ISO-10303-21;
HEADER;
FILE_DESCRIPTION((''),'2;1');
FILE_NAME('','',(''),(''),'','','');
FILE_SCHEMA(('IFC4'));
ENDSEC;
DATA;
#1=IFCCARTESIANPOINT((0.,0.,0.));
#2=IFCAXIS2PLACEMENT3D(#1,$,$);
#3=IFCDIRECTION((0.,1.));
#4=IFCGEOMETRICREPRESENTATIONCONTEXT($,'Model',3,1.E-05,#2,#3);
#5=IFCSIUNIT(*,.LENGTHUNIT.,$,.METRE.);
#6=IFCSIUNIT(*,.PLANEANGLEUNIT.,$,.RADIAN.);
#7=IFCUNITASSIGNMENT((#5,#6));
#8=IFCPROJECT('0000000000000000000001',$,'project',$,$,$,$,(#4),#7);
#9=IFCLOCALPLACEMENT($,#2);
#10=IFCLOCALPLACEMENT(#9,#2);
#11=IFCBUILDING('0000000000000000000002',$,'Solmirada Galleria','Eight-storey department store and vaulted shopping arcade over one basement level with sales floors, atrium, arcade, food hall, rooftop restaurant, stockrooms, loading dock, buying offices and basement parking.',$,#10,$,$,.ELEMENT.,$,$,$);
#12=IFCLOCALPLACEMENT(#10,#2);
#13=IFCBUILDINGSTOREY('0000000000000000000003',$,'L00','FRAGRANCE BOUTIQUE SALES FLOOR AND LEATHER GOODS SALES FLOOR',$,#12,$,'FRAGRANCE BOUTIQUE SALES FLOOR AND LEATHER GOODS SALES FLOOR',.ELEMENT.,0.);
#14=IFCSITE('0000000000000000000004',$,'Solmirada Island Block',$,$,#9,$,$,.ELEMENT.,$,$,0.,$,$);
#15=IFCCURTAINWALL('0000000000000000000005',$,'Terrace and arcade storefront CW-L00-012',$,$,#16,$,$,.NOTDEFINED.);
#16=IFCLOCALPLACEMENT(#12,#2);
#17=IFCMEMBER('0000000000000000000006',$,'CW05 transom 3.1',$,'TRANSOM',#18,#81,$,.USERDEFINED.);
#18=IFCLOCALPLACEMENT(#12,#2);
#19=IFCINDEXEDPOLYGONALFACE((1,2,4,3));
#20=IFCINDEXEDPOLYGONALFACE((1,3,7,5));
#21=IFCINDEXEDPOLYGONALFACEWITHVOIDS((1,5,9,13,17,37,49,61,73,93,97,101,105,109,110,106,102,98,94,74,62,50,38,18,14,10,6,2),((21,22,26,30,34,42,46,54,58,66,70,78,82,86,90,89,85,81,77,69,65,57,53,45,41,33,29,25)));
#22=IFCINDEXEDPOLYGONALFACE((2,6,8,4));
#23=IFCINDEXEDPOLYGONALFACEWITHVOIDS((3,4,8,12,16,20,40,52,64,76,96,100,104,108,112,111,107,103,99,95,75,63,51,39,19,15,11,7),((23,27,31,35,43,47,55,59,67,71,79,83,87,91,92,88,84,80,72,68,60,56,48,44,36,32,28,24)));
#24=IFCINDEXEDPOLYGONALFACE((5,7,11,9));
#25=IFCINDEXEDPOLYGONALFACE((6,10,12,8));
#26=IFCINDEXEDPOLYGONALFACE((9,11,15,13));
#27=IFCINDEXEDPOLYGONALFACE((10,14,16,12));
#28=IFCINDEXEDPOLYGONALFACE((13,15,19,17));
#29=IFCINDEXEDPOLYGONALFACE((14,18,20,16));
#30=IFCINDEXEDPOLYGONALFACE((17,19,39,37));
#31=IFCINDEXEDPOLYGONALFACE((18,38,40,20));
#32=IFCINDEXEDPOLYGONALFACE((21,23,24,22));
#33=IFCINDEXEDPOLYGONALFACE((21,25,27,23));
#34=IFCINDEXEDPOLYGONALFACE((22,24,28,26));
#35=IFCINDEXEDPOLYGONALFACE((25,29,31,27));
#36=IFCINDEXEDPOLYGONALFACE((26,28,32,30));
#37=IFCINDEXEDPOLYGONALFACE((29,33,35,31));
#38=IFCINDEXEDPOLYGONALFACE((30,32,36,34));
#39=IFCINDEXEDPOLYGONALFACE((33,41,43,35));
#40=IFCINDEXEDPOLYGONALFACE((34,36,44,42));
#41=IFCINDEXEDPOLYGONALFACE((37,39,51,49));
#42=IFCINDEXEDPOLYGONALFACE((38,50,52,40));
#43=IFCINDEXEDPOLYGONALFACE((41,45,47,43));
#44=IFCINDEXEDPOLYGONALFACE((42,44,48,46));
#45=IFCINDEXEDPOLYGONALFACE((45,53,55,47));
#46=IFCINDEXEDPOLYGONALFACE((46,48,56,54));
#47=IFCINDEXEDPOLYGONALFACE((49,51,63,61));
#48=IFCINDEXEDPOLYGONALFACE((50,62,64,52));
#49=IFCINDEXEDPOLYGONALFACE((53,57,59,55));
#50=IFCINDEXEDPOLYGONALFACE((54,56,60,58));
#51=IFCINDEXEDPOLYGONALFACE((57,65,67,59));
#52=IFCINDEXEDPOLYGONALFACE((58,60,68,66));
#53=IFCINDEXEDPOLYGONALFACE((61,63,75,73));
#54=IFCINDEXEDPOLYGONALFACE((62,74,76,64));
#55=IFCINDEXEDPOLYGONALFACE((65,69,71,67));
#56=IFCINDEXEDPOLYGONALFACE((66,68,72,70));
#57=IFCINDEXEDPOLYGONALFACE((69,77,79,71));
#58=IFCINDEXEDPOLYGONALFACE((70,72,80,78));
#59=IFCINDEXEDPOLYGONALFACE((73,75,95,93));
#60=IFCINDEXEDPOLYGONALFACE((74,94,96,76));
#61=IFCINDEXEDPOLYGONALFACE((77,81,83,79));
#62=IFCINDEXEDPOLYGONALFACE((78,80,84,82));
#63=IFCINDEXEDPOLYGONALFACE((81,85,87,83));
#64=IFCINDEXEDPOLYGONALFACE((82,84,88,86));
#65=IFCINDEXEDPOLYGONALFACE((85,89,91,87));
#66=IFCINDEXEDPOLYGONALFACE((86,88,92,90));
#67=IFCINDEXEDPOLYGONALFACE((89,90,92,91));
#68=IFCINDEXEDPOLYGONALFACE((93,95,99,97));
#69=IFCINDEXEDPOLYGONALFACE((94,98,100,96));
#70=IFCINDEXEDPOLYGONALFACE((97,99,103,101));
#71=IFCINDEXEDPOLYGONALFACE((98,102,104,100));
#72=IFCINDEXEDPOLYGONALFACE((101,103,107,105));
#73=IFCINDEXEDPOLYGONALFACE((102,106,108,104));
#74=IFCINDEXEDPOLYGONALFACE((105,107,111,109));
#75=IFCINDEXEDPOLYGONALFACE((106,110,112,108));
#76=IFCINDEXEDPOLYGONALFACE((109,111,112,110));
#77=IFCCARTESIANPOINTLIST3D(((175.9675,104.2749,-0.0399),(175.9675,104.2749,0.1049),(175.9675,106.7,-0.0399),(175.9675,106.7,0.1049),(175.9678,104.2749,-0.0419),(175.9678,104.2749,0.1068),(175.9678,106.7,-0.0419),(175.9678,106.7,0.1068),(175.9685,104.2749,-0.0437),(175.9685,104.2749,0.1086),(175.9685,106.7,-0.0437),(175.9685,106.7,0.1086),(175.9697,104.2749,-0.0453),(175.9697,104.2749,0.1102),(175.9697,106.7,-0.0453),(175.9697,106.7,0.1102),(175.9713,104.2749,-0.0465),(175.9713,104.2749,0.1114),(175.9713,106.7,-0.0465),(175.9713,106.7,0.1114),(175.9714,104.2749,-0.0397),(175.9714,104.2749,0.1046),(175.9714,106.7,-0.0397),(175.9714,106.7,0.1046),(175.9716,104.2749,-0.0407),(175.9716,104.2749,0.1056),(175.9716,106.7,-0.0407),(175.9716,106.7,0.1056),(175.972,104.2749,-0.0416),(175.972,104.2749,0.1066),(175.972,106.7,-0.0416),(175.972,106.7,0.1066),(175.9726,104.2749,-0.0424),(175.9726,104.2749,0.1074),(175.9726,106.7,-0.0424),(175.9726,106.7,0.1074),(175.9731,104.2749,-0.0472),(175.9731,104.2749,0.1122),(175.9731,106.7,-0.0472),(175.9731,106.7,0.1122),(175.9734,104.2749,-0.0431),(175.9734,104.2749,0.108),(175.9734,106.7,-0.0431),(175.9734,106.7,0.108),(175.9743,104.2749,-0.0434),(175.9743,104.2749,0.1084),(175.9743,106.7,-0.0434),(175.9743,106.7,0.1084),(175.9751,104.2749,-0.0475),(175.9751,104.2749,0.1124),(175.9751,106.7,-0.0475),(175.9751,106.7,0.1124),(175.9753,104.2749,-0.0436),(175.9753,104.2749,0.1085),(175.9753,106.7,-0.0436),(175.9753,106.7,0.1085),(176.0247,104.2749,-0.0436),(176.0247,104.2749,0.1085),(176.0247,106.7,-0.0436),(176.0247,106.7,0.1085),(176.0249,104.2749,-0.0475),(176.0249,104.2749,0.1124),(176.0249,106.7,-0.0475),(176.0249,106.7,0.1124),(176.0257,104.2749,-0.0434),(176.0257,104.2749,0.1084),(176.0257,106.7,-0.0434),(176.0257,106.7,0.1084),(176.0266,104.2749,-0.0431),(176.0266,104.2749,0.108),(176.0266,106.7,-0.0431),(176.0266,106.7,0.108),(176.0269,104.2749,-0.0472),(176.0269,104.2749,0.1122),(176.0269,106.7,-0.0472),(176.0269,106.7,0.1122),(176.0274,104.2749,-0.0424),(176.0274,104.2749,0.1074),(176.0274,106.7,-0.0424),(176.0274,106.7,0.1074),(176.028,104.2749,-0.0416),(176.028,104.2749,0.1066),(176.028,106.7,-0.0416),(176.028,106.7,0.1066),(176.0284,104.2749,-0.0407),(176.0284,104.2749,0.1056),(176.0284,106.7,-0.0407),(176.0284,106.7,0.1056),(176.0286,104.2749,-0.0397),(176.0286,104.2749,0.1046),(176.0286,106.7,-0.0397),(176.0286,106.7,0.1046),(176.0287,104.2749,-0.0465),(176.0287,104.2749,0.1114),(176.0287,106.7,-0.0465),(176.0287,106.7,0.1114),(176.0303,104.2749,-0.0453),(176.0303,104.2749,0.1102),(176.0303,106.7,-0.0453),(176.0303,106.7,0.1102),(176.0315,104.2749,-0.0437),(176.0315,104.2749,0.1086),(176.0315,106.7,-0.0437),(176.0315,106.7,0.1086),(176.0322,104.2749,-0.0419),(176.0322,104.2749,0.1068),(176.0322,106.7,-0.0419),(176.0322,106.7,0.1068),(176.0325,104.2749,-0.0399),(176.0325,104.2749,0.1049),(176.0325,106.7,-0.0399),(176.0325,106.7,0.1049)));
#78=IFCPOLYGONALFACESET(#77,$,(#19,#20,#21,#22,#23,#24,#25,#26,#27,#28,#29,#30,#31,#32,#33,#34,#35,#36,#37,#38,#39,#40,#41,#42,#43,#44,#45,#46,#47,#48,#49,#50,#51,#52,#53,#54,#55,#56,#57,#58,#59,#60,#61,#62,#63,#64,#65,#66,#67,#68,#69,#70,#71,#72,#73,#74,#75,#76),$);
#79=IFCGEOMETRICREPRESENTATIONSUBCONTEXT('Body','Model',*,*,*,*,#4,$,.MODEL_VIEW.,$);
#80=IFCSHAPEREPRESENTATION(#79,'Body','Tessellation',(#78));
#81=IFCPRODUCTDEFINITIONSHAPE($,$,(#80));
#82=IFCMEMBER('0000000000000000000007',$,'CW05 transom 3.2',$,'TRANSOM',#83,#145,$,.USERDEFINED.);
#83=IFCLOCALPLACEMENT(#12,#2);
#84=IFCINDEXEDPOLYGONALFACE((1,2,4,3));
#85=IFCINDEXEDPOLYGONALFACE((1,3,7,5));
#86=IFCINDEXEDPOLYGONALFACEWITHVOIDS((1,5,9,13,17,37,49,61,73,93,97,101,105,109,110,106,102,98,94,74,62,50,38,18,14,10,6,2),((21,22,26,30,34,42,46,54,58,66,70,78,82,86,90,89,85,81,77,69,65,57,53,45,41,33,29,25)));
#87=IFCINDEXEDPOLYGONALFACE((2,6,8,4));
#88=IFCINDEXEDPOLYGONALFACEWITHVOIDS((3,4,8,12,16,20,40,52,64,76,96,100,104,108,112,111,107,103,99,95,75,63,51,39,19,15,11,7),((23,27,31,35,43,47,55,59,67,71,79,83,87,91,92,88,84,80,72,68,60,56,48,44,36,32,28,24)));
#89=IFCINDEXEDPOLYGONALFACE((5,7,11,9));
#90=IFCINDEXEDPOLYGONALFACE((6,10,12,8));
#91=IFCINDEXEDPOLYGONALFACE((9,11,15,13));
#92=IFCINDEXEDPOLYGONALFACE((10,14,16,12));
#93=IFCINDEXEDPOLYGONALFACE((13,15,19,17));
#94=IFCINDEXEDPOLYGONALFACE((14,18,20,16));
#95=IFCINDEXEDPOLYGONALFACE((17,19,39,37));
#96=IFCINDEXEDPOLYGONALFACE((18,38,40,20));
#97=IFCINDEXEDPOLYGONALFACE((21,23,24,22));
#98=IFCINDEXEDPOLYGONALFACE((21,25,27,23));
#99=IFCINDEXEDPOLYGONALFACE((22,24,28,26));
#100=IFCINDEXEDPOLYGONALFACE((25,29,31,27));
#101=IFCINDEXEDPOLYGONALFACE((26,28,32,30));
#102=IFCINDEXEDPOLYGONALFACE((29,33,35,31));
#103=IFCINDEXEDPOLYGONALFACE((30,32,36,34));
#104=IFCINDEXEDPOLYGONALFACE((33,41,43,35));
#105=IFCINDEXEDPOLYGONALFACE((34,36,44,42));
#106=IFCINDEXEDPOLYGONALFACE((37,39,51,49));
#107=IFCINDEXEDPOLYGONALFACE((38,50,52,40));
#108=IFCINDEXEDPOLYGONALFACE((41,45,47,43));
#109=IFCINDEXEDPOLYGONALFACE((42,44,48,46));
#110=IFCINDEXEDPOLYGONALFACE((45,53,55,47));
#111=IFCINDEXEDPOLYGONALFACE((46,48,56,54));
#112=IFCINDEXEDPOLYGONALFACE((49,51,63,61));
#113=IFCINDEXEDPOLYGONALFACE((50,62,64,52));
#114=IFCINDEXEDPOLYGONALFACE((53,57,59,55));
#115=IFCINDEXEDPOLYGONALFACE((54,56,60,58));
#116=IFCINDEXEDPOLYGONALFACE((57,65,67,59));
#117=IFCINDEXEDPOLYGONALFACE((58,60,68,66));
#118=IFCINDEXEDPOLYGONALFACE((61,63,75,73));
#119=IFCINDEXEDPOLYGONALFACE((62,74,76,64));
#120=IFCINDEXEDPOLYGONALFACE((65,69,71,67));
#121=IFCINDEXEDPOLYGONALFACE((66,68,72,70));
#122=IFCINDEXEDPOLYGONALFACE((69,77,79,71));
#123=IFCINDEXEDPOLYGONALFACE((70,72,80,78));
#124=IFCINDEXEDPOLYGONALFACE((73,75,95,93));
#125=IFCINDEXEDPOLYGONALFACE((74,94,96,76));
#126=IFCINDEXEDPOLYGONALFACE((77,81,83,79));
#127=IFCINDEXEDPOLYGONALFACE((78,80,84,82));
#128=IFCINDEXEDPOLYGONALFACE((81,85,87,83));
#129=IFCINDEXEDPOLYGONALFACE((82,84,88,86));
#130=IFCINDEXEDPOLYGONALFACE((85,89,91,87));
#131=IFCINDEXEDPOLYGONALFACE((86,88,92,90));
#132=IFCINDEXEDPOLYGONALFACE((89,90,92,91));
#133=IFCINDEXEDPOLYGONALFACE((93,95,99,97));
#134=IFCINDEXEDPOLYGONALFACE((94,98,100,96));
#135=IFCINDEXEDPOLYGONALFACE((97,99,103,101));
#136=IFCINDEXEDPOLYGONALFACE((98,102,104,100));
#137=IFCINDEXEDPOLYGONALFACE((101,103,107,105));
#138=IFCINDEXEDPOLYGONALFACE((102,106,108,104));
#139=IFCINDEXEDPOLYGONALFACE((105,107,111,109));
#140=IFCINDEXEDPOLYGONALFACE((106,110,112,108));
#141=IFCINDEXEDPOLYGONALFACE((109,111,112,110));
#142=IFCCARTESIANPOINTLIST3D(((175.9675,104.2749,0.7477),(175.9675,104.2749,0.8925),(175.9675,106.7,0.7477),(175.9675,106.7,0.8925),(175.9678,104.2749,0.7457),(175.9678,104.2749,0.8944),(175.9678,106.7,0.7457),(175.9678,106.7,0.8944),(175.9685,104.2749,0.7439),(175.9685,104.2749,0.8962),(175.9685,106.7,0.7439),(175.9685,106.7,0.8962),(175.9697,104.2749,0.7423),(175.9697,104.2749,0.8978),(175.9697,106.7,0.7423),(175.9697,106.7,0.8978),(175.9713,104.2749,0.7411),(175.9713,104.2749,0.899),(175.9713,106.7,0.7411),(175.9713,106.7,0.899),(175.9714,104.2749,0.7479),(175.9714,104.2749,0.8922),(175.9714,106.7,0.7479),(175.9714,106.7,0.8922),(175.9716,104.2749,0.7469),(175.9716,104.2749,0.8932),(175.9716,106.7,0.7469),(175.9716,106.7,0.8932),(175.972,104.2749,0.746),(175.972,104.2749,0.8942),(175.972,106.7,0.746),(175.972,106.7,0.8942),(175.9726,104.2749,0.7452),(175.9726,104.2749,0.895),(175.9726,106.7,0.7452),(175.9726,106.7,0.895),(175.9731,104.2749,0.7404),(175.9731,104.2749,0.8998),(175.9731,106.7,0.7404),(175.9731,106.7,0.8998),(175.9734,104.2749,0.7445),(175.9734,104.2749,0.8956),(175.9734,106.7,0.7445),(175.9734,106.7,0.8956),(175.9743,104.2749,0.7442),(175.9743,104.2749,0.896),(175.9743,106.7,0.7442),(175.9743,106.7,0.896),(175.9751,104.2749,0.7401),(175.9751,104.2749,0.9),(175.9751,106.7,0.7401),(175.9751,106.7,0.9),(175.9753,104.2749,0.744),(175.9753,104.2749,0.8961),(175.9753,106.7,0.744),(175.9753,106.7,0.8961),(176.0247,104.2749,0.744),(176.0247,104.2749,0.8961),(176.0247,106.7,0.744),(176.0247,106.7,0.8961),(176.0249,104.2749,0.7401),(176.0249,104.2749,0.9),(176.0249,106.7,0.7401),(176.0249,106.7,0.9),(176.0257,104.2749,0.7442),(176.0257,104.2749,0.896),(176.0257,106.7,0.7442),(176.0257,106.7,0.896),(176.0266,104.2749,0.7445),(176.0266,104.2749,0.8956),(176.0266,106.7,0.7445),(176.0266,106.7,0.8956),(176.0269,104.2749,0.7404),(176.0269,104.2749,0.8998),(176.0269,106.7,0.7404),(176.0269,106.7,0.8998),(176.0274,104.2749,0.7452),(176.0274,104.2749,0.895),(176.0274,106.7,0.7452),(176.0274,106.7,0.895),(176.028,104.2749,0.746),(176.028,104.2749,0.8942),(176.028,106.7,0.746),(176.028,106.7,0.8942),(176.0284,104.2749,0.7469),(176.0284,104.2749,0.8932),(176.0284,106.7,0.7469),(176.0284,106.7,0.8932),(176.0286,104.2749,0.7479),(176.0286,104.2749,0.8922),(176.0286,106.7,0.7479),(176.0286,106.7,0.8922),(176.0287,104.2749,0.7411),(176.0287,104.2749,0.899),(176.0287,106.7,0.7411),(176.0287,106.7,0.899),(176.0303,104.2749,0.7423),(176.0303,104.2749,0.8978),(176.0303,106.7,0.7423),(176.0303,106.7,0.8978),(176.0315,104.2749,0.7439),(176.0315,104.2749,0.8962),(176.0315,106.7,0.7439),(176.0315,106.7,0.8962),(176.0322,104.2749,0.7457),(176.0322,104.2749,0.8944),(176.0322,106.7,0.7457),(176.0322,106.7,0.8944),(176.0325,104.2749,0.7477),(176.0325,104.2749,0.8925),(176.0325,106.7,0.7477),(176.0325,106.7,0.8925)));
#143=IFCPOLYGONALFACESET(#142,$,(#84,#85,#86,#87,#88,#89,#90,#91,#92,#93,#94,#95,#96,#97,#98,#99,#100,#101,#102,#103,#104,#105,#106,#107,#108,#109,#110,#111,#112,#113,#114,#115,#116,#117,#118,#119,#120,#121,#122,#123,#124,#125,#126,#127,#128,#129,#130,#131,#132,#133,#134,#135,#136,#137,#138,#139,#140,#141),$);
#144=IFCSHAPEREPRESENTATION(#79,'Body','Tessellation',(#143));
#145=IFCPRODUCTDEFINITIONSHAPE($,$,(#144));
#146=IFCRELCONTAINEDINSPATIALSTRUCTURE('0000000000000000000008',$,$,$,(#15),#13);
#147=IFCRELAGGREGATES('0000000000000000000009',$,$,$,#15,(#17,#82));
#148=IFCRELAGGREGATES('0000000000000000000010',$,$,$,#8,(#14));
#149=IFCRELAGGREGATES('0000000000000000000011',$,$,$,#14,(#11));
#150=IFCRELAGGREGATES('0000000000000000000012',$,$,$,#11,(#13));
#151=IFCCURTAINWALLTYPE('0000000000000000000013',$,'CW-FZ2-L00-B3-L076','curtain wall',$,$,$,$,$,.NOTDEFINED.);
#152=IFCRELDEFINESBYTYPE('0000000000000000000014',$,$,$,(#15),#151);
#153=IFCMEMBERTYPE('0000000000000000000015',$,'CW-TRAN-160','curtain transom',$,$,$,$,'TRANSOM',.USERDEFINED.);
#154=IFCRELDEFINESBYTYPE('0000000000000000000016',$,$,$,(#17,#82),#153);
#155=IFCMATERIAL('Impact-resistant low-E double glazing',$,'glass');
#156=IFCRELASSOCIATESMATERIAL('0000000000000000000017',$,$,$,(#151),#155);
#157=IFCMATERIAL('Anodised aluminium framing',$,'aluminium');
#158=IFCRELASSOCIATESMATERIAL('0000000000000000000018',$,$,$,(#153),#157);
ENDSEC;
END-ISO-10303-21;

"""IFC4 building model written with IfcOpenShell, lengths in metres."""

from ifc_helpers import new_model, si_unit, direction, frame, origin, origin_2d, place, context, subcontext, project, spatial, hollow_rectangle, extrude, material, material_profile, profile_set, type_object, element, aggregate, save


model = new_model("IFC4")

# Units and contexts
model_context = context("Model", 3, precision=1e-05, world=origin(), true_north=direction((0.0, 1.0)))
body_context = subcontext(model_context, "Body", "Model", "MODEL_VIEW")
ifc_project = project(units=[si_unit("LENGTHUNIT", "METRE"), si_unit("PLANEANGLEUNIT", "RADIAN")], contexts=[model_context])

# Site, building, storey
site_placement = place(None, origin())
site = spatial("IfcSite", under=ifc_project, at=site_placement, Name="Solmirada Island Block", CompositionType="ELEMENT", RefElevation=0.0)
building_placement = place(site_placement, origin())
building = spatial("IfcBuilding", under=site, at=building_placement, Name="Solmirada Galleria", Description="Eight-storey department store and vaulted shopping arcade over one basement level with sales floors, atrium, arcade, food hall, rooftop restaurant, stockrooms, loading dock, buying offices and basement parking.", CompositionType="ELEMENT")
storey_placement = place(building_placement, origin())
storey = spatial("IfcBuildingStorey", under=building, at=storey_placement, Name="L00", Description="FRAGRANCE BOUTIQUE SALES FLOOR AND LEATHER GOODS SALES FLOOR", LongName="FRAGRANCE BOUTIQUE SALES FLOOR AND LEATHER GOODS SALES FLOOR", CompositionType="ELEMENT", Elevation=0.0)

# Curtain wall, members
ifc_material_1 = material(Name="Impact-resistant low-E double glazing", Category="glass")
curtain_wall_type = type_object("IfcCurtainWallType", Name="CW-FZ2-L00-B3-L076", Description="curtain wall", PredefinedType="NOTDEFINED", material=ifc_material_1)
curtain_wall_placement = place(storey_placement, origin())
curtain_wall = element("IfcCurtainWall", 1, at=curtain_wall_placement, inside=storey, type_object=curtain_wall_type, Name="Terrace and arcade storefront CW-L00-012", PredefinedType="NOTDEFINED")
ifc_material_2 = material(Name="Anodised aluminium framing", Category="aluminium")
ifc_material_profile_1 = material_profile(ifc_material_2, hollow_rectangle(XDim=0.0649, YDim=0.1599, WallThickness=0.0039, InnerFilletRadius=0.0039, OuterFilletRadius=0.0076, at=origin_2d()), Name="ALU-TRAN-160X65")
ifc_profile_set_1 = profile_set([ifc_material_profile_1], Name="Anodised aluminium framing")
member_type_1 = type_object("IfcMemberType", Name="CW-TRAN-160", Description="curtain transom", ElementType="TRANSOM", PredefinedType="USERDEFINED", material=ifc_profile_set_1)
member_1_placement = place(storey_placement, frame((176.0, 106.7, 0.0325), z_axis=(0.0, -1.0, 0.0), x_axis=(1.0, 0.0, 0.0)))
member_1 = element("IfcMember", 2, at=member_1_placement, type_object=member_type_1, Name="CW05 transom 3.1", ObjectType="TRANSOM", PredefinedType="USERDEFINED", context=body_context, shape_type="SweptSolid", body=[
    extrude(hollow_rectangle(XDim=0.0649, YDim=0.1599, WallThickness=0.0039, InnerFilletRadius=0.0039, OuterFilletRadius=0.0076, at=origin_2d()), origin(), (0.0, 0.0, 1.0), 2.425),
])
member_2_placement = place(storey_placement, frame((176.0, 106.7, 0.8201), z_axis=(0.0, -1.0, 0.0), x_axis=(1.0, 0.0, 0.0)))
member_2 = element("IfcMember", 3, at=member_2_placement, type_object=member_type_1, Name="CW05 transom 3.2", ObjectType="TRANSOM", PredefinedType="USERDEFINED", context=body_context, shape_type="SweptSolid", body=[
    extrude(hollow_rectangle(XDim=0.0649, YDim=0.1599, WallThickness=0.0039, InnerFilletRadius=0.0039, OuterFilletRadius=0.0076, at=origin_2d()), origin(), (0.0, 0.0, 1.0), 2.425),
])
aggregate(curtain_wall, [member_1, member_2])

save(model, "model.ifc")
